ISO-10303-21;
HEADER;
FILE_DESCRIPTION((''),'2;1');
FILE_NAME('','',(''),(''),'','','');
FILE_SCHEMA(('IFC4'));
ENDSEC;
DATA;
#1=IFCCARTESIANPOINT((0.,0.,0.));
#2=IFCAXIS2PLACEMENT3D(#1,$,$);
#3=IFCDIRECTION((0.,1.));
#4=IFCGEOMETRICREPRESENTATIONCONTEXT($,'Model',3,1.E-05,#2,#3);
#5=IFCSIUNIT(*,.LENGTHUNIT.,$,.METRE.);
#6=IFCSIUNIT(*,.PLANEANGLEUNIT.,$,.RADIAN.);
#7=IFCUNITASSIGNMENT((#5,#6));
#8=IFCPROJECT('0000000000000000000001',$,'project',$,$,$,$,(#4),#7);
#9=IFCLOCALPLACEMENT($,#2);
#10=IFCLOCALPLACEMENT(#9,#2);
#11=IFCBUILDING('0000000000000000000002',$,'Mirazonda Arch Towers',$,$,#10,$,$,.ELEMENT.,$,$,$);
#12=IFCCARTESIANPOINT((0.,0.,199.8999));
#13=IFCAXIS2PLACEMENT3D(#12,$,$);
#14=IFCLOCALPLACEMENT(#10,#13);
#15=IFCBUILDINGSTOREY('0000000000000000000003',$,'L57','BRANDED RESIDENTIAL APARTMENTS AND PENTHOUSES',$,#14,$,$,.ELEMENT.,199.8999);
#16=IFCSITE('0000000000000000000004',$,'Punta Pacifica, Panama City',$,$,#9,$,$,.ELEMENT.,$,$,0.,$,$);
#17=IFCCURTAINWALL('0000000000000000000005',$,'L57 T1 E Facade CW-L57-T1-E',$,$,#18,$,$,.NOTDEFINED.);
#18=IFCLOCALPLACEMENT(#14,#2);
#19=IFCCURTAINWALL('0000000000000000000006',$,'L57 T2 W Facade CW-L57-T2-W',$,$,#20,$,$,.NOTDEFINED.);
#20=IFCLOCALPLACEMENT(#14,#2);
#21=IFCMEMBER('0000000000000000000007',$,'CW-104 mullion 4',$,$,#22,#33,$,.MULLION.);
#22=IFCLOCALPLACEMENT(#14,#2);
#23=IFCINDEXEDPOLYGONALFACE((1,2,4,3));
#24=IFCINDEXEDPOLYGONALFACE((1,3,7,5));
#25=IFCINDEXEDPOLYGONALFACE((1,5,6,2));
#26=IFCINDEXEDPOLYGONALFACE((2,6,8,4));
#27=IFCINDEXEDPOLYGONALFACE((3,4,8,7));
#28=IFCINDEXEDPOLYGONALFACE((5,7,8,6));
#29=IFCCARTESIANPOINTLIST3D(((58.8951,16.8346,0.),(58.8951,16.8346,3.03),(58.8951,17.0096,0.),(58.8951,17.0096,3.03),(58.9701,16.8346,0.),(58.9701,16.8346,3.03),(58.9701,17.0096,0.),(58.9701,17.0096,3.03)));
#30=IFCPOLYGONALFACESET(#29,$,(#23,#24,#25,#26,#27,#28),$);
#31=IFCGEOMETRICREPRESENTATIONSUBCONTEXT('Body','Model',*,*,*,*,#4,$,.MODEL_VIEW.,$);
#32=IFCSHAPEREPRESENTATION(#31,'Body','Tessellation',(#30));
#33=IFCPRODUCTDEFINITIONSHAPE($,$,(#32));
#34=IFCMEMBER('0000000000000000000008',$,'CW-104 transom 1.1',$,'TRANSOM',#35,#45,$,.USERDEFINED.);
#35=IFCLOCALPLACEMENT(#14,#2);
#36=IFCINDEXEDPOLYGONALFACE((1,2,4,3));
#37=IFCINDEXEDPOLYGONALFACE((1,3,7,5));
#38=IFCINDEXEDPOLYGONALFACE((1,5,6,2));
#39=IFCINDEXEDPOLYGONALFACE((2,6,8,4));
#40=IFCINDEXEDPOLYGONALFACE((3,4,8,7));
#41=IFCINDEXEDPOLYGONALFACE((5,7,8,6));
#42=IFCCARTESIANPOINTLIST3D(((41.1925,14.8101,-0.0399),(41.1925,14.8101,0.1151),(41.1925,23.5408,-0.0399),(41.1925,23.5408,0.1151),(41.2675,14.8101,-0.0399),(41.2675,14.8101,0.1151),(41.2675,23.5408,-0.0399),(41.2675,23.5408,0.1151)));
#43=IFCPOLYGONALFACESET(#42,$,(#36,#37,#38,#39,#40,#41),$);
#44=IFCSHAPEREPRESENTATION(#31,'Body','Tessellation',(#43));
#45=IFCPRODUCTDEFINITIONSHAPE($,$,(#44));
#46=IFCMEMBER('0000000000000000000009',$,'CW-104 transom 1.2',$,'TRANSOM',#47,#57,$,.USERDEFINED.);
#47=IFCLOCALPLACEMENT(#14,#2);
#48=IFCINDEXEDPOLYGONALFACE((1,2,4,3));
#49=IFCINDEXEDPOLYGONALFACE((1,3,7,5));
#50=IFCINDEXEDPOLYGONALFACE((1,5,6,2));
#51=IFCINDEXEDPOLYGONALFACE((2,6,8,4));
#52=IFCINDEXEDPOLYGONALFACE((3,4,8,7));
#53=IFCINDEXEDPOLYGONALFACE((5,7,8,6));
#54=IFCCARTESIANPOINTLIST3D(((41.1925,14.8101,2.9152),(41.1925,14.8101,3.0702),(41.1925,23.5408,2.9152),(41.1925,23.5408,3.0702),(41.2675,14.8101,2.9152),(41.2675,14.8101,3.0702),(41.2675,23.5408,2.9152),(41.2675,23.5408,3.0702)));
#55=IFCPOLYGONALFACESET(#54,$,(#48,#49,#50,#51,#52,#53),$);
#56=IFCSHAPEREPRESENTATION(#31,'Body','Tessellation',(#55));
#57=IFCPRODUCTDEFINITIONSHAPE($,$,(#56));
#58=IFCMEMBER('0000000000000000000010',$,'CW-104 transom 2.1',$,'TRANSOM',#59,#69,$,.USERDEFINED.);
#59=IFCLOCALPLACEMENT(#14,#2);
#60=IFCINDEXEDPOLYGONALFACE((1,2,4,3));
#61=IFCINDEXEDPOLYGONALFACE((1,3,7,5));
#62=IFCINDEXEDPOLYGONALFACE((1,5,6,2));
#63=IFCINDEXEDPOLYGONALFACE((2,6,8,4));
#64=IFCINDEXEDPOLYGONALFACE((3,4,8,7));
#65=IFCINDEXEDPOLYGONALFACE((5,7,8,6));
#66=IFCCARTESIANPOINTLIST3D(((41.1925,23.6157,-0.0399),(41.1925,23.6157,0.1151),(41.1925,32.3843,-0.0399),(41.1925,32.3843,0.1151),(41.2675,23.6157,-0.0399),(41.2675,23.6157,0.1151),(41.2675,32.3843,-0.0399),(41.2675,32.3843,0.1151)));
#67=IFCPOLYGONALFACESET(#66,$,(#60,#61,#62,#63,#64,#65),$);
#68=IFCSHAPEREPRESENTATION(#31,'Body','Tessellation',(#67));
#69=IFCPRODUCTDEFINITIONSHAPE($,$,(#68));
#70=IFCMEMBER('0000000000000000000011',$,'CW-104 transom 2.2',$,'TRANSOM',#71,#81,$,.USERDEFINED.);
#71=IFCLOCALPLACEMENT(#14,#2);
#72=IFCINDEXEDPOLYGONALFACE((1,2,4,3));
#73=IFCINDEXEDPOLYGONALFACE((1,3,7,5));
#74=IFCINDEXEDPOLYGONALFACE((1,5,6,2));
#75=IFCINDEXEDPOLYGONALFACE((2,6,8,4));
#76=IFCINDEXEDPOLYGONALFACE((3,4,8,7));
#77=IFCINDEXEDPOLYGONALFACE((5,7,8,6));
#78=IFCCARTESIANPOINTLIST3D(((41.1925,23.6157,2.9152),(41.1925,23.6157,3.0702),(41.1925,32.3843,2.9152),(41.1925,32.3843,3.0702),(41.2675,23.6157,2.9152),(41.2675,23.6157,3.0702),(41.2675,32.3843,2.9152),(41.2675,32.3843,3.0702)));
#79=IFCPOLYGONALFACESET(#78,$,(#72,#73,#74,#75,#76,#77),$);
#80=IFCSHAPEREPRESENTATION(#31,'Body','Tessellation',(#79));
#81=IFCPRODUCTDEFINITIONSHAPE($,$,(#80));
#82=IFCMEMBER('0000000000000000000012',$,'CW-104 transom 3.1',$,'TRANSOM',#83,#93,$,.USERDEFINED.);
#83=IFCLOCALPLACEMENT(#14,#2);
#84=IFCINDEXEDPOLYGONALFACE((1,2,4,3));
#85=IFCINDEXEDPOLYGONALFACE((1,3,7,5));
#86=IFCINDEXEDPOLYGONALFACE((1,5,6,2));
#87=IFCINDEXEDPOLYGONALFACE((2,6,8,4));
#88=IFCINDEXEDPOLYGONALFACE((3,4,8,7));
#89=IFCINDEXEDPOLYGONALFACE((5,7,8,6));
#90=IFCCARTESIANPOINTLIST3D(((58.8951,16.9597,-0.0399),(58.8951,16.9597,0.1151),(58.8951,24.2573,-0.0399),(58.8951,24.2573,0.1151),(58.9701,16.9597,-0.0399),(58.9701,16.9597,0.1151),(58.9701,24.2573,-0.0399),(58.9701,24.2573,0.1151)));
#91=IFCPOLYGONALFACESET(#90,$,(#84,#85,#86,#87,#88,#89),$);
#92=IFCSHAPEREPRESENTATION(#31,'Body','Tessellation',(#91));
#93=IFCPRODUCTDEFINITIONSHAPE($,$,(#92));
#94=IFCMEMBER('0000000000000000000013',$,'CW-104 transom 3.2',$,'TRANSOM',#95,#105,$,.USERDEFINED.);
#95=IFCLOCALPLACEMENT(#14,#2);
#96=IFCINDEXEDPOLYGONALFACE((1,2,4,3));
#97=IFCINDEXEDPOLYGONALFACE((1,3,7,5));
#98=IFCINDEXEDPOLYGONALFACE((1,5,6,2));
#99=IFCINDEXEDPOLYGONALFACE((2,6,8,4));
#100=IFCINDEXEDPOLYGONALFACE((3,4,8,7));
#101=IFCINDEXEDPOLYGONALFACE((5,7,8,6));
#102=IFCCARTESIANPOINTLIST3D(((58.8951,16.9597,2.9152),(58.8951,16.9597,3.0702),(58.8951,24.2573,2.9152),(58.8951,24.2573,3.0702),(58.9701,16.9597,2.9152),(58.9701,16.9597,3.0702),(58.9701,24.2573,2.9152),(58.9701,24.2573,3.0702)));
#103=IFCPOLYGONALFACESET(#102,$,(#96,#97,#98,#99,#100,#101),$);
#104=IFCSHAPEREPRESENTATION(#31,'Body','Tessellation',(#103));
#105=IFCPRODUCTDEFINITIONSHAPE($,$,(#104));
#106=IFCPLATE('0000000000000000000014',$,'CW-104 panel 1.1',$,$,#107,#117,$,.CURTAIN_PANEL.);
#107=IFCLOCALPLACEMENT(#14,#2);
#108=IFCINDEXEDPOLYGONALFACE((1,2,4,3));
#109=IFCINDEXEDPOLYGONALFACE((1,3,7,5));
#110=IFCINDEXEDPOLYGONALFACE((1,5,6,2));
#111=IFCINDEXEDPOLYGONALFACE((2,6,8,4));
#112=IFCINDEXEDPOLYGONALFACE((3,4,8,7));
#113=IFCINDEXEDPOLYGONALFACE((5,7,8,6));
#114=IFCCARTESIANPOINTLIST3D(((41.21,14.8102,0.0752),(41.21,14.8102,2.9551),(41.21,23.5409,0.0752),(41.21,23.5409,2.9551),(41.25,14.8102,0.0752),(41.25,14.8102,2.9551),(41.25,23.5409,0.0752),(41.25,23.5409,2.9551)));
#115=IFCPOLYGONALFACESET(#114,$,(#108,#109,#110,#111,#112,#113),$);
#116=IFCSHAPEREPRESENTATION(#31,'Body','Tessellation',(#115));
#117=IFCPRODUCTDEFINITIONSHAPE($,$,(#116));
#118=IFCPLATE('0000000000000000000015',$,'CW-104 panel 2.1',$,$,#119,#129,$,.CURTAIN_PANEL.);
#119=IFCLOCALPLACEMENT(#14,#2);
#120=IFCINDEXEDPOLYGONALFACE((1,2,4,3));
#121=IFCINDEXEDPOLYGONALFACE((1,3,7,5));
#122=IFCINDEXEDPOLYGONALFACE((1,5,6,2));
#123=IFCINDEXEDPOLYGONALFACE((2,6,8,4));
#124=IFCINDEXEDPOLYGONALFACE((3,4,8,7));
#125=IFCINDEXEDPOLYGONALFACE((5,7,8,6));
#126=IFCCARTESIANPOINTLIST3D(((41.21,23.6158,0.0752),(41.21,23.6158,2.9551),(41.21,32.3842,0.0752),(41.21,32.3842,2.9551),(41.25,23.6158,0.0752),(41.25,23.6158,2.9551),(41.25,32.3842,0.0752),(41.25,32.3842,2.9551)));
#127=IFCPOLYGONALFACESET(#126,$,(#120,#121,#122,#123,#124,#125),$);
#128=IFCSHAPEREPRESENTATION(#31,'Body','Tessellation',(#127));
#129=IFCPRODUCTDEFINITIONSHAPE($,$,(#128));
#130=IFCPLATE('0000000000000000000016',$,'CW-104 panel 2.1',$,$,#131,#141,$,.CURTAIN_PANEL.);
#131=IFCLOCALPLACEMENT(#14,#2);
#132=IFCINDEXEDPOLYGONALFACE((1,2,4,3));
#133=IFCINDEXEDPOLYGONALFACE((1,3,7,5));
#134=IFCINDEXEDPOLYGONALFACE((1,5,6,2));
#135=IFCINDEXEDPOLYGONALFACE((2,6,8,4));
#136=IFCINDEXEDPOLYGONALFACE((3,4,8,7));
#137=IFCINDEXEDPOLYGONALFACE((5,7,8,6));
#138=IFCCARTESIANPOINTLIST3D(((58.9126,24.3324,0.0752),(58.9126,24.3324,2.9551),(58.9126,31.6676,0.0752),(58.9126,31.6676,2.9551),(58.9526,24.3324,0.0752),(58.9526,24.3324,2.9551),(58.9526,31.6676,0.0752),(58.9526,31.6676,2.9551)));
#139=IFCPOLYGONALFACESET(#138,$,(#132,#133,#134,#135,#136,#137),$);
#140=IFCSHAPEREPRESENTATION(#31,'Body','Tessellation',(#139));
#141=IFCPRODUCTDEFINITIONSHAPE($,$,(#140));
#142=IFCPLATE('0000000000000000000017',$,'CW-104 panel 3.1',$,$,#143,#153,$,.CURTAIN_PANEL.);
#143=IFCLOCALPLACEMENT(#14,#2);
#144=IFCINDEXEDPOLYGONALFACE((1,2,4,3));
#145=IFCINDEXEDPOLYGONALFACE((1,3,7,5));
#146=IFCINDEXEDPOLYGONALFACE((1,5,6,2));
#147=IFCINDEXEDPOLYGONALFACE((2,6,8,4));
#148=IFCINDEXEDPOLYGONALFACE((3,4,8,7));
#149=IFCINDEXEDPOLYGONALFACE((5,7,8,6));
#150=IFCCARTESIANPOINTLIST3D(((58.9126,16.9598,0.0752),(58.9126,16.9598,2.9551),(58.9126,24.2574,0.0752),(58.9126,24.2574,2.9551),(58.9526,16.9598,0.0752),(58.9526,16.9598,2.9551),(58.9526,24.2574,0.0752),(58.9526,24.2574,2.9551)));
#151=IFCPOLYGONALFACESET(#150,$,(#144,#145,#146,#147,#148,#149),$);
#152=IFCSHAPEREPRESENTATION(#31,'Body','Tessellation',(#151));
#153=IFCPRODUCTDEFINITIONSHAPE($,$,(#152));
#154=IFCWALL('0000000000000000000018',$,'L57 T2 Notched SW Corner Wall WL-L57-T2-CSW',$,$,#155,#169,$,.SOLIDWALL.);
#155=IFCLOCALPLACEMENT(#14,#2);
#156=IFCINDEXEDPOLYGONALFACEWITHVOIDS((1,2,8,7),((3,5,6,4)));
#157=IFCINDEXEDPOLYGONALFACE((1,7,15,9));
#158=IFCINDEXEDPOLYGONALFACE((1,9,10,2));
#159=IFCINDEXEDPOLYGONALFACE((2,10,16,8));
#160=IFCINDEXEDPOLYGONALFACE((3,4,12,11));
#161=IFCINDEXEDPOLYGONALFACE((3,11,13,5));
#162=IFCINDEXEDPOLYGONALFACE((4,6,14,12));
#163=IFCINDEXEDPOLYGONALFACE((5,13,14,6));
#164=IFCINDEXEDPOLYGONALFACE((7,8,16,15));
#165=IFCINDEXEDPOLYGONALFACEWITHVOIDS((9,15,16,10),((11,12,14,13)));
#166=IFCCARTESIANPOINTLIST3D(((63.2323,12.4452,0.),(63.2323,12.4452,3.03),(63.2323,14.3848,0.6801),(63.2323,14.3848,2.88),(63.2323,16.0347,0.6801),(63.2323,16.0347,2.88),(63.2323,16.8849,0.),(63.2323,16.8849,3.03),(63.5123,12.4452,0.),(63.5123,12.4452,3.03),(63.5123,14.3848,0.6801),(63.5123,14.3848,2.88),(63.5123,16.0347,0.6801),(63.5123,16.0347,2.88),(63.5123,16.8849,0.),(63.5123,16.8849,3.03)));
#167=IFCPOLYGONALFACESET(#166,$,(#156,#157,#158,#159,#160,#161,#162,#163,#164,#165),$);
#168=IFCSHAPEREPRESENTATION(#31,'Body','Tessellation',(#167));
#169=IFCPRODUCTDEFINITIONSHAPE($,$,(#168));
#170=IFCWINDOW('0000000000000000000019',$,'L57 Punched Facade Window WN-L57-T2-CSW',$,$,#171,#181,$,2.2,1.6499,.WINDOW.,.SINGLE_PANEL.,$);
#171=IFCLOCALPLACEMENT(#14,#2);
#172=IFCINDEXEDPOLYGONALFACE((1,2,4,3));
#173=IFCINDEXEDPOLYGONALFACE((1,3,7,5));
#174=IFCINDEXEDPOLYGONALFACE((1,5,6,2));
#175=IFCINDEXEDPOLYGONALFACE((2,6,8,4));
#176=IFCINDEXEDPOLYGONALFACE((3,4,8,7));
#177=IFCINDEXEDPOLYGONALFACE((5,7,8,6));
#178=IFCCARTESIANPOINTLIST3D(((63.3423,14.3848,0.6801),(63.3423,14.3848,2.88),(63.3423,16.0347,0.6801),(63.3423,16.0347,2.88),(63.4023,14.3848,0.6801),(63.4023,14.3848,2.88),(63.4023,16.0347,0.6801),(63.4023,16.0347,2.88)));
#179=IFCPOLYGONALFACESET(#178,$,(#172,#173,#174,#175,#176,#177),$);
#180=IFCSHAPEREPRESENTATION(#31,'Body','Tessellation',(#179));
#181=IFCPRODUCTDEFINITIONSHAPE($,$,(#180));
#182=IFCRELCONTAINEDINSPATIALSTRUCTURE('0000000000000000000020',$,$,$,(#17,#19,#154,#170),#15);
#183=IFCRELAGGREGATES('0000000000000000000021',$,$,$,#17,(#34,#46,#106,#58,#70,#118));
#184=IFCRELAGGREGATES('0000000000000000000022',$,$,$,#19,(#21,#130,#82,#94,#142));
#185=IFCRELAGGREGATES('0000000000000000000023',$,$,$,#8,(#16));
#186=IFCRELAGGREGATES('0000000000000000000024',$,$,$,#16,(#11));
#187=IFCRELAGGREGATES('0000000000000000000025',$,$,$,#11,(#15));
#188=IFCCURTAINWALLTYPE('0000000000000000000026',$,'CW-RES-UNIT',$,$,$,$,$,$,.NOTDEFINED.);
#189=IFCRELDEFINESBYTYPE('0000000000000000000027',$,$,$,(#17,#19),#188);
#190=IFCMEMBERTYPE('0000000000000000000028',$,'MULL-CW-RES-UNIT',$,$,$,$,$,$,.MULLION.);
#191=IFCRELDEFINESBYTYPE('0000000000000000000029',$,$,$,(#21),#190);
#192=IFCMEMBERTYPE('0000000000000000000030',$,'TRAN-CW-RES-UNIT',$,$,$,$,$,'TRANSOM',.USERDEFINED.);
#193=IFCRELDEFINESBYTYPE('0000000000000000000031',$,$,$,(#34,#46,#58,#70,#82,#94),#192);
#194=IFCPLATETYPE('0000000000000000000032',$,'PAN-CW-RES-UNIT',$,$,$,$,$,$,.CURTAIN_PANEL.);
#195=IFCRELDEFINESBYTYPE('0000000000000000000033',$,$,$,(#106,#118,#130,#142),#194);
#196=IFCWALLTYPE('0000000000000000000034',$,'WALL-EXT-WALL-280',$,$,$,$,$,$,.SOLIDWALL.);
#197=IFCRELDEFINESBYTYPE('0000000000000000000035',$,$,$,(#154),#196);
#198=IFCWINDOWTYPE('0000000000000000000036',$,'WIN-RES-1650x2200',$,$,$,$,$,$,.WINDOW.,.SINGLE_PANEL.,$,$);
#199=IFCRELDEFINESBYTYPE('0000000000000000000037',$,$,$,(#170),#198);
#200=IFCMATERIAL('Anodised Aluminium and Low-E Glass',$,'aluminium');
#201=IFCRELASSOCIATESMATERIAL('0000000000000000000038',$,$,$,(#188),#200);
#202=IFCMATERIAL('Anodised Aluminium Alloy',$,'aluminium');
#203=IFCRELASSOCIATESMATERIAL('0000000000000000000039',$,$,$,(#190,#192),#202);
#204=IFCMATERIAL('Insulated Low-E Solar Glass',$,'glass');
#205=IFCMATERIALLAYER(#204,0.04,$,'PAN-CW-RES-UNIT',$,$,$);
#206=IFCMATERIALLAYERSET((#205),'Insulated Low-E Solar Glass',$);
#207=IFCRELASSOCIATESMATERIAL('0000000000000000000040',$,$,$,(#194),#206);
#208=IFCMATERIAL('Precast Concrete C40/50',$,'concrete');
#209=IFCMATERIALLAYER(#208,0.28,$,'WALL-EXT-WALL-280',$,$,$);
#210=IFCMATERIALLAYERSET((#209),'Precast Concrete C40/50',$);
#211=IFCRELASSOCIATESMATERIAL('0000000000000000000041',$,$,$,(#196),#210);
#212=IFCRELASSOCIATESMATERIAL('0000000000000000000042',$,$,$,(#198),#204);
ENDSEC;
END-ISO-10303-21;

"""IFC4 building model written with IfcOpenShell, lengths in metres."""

from ifc_helpers import new_model, si_unit, direction, frame, frame_2d, origin, origin_2d, place, context, subcontext, project, spatial, rectangle, extrude, material, layer, layer_set, material_profile, profile_set, type_object, element, fill, aggregate, save


model = new_model("IFC4")

# Units and contexts
model_context = context("Model", 3, precision=1e-05, world=origin(), true_north=direction((0.0, 1.0)))
body_context = subcontext(model_context, "Body", "Model", "MODEL_VIEW")
ifc_project = project(units=[si_unit("LENGTHUNIT", "METRE"), si_unit("PLANEANGLEUNIT", "RADIAN")], contexts=[model_context])

# Site, building, storey
site_placement = place(None, origin())
site = spatial("IfcSite", under=ifc_project, at=site_placement, Name="Punta Pacifica, Panama City", CompositionType="ELEMENT", RefElevation=0.0)
building_placement = place(site_placement, origin())
building = spatial("IfcBuilding", under=site, at=building_placement, Name="Mirazonda Arch Towers", CompositionType="ELEMENT")
storey_placement = place(building_placement, frame((0.0, 0.0, 199.8999)))
storey = spatial("IfcBuildingStorey", under=building, at=storey_placement, Name="L57", Description="BRANDED RESIDENTIAL APARTMENTS AND PENTHOUSES", CompositionType="ELEMENT", Elevation=199.8999)

# Curtain wall
ifc_material_1 = material(Name="Anodised Aluminium and Low-E Glass", Category="aluminium")
curtain_wall_type = type_object("IfcCurtainWallType", Name="CW-RES-UNIT", PredefinedType="NOTDEFINED", material=ifc_material_1)
curtain_wall_1_placement = place(storey_placement, origin())
curtain_wall_1 = element("IfcCurtainWall", 1, at=curtain_wall_1_placement, inside=storey, type_object=curtain_wall_type, Name="L57 T1 E Facade CW-L57-T1-E", PredefinedType="NOTDEFINED")
ifc_material_2 = material(Name="Anodised Aluminium Alloy", Category="aluminium")
ifc_material_profile_1 = material_profile(ifc_material_2, rectangle(XDim=0.075, YDim=0.175, at=origin_2d()), Name="ALU-MULL-75x175")
ifc_profile_set_1 = profile_set([ifc_material_profile_1], Name="Anodised Aluminium Alloy")
member_type_1 = type_object("IfcMemberType", Name="MULL-CW-RES-UNIT", PredefinedType="MULLION", material=ifc_profile_set_1)

# Curtain wall, member
curtain_wall_2_placement = place(storey_placement, origin())
curtain_wall_2 = element("IfcCurtainWall", 2, at=curtain_wall_2_placement, inside=storey, type_object=curtain_wall_type, Name="L57 T2 W Facade CW-L57-T2-W", PredefinedType="NOTDEFINED")
member_1_placement = place(storey_placement, frame((58.9326, 16.9221, 0.0), z_axis=(0.0, 0.0, 1.0), x_axis=(1.0, 0.0, 0.0)))
member_1 = element("IfcMember", 3, at=member_1_placement, type_object=member_type_1, Name="CW-104 mullion 4", PredefinedType="MULLION", context=body_context, shape_type="SweptSolid", body=[
    extrude(rectangle(XDim=0.075, YDim=0.175, at=origin_2d()), origin(), (0.0, 0.0, 1.0), 3.03),
])

# Members
ifc_material_profile_2 = material_profile(ifc_material_2, rectangle(XDim=0.075, YDim=0.155, at=origin_2d()), Name="ALU-TRAN-75x155")
ifc_profile_set_2 = profile_set([ifc_material_profile_2], Name="Anodised Aluminium Alloy")
member_type_2 = type_object("IfcMemberType", Name="TRAN-CW-RES-UNIT", ElementType="TRANSOM", PredefinedType="USERDEFINED", material=ifc_profile_set_2)
member_2_placement = place(storey_placement, frame((41.23, 14.8101, 0.0376), z_axis=(0.0, 1.0, 0.0), x_axis=(-1.0, 0.0, 0.0)))
member_2 = element("IfcMember", 4, at=member_2_placement, type_object=member_type_2, Name="CW-104 transom 1.1", ObjectType="TRANSOM", PredefinedType="USERDEFINED", context=body_context, shape_type="SweptSolid", body=[
    extrude(rectangle(XDim=0.075, YDim=0.155, at=origin_2d()), origin(), (0.0, 0.0, 1.0), 8.7307),
])
member_3_placement = place(storey_placement, frame((41.23, 14.8101, 2.9927), z_axis=(0.0, 1.0, 0.0), x_axis=(-1.0, 0.0, 0.0)))
member_3 = element("IfcMember", 5, at=member_3_placement, type_object=member_type_2, Name="CW-104 transom 1.2", ObjectType="TRANSOM", PredefinedType="USERDEFINED", context=body_context, shape_type="SweptSolid", body=[
    extrude(rectangle(XDim=0.075, YDim=0.155, at=origin_2d()), origin(), (0.0, 0.0, 1.0), 8.7307),
])
member_4_placement = place(storey_placement, frame((41.23, 23.6157, 0.0376), z_axis=(0.0, 1.0, 0.0), x_axis=(-1.0, 0.0, 0.0)))
member_4 = element("IfcMember", 6, at=member_4_placement, type_object=member_type_2, Name="CW-104 transom 2.1", ObjectType="TRANSOM", PredefinedType="USERDEFINED", context=body_context, shape_type="SweptSolid", body=[
    extrude(rectangle(XDim=0.075, YDim=0.155, at=origin_2d()), origin(), (0.0, 0.0, 1.0), 8.7686),
])
member_5_placement = place(storey_placement, frame((41.23, 23.6157, 2.9927), z_axis=(0.0, 1.0, 0.0), x_axis=(-1.0, 0.0, 0.0)))
member_5 = element("IfcMember", 7, at=member_5_placement, type_object=member_type_2, Name="CW-104 transom 2.2", ObjectType="TRANSOM", PredefinedType="USERDEFINED", context=body_context, shape_type="SweptSolid", body=[
    extrude(rectangle(XDim=0.075, YDim=0.155, at=origin_2d()), origin(), (0.0, 0.0, 1.0), 8.7686),
])
member_6_placement = place(storey_placement, frame((58.9326, 24.2573, 0.0376), z_axis=(0.0, -1.0, 0.0), x_axis=(1.0, 0.0, 0.0)))
member_6 = element("IfcMember", 8, at=member_6_placement, type_object=member_type_2, Name="CW-104 transom 3.1", ObjectType="TRANSOM", PredefinedType="USERDEFINED", context=body_context, shape_type="SweptSolid", body=[
    extrude(rectangle(XDim=0.075, YDim=0.155, at=origin_2d()), origin(), (0.0, 0.0, 1.0), 7.2976),
])
member_7_placement = place(storey_placement, frame((58.9326, 24.2573, 2.9927), z_axis=(0.0, -1.0, 0.0), x_axis=(1.0, 0.0, 0.0)))
member_7 = element("IfcMember", 9, at=member_7_placement, type_object=member_type_2, Name="CW-104 transom 3.2", ObjectType="TRANSOM", PredefinedType="USERDEFINED", context=body_context, shape_type="SweptSolid", body=[
    extrude(rectangle(XDim=0.075, YDim=0.155, at=origin_2d()), origin(), (0.0, 0.0, 1.0), 7.2976),
])

# Plates
ifc_material_3 = material(Name="Insulated Low-E Solar Glass", Category="glass")
ifc_layer_1 = layer(ifc_material_3, 0.04, Name="PAN-CW-RES-UNIT")
ifc_layer_set_1 = layer_set([ifc_layer_1], Name="Insulated Low-E Solar Glass")
plate_type = type_object("IfcPlateType", Name="PAN-CW-RES-UNIT", PredefinedType="CURTAIN_PANEL", material=ifc_layer_set_1)
plate_1_placement = place(storey_placement, frame((41.23, 19.1755, 0.0752), z_axis=(0.0, 0.0, 1.0), x_axis=(0.0, 1.0, 0.0)))
plate_1 = element("IfcPlate", 10, at=plate_1_placement, type_object=plate_type, Name="CW-104 panel 1.1", PredefinedType="CURTAIN_PANEL", context=body_context, shape_type="SweptSolid", body=[
    extrude(rectangle(XDim=8.7307, YDim=0.04, at=origin_2d()), origin(), (0.0, 0.0, 1.0), 2.8799),
])
plate_2_placement = place(storey_placement, frame((41.23, 28.0, 0.0752), z_axis=(0.0, 0.0, 1.0), x_axis=(0.0, 1.0, 0.0)))
plate_2 = element("IfcPlate", 11, at=plate_2_placement, type_object=plate_type, Name="CW-104 panel 2.1", PredefinedType="CURTAIN_PANEL", context=body_context, shape_type="SweptSolid", body=[
    extrude(rectangle(XDim=8.7683, YDim=0.04, at=origin_2d()), origin(), (0.0, 0.0, 1.0), 2.8799),
])
aggregate(curtain_wall_1, [member_2, member_3, plate_1, member_4, member_5, plate_2])
plate_3_placement = place(storey_placement, frame((58.9326, 28.0, 0.0752), z_axis=(0.0, 0.0, 1.0), x_axis=(0.0, -1.0, 0.0)))
plate_3 = element("IfcPlate", 12, at=plate_3_placement, type_object=plate_type, Name="CW-104 panel 2.1", PredefinedType="CURTAIN_PANEL", context=body_context, shape_type="SweptSolid", body=[
    extrude(rectangle(XDim=7.3352, YDim=0.04, at=origin_2d()), origin(), (0.0, 0.0, 1.0), 2.8799),
])
plate_4_placement = place(storey_placement, frame((58.9326, 20.6086, 0.0752), z_axis=(0.0, 0.0, 1.0), x_axis=(0.0, -1.0, 0.0)))
plate_4 = element("IfcPlate", 13, at=plate_4_placement, type_object=plate_type, Name="CW-104 panel 3.1", PredefinedType="CURTAIN_PANEL", context=body_context, shape_type="SweptSolid", body=[
    extrude(rectangle(XDim=7.2976, YDim=0.04, at=origin_2d()), origin(), (0.0, 0.0, 1.0), 2.8799),
])
aggregate(curtain_wall_2, [member_1, plate_3, member_6, member_7, plate_4])

# Wall, opening, window
ifc_material_4 = material(Name="Precast Concrete C40/50", Category="concrete")
ifc_layer_2 = layer(ifc_material_4, 0.28, Name="WALL-EXT-WALL-280")
ifc_layer_set_2 = layer_set([ifc_layer_2], Name="Precast Concrete C40/50")
wall_type_1 = type_object("IfcWallType", Name="WALL-EXT-WALL-280", PredefinedType="SOLIDWALL", material=ifc_layer_set_2)
wall_1_placement = place(storey_placement, frame((63.3723, 16.8848, 0.0), z_axis=(0.0, 0.0, 1.0), x_axis=(0.0, -1.0, 0.0)))
wall_1 = element("IfcWall", 14, at=wall_1_placement, inside=storey, type_object=wall_type_1, Name="L57 T2 Notched SW Corner Wall WL-L57-T2-CSW", PredefinedType="SOLIDWALL", context=body_context, shape_type="SweptSolid", body=[
    extrude(rectangle(XDim=4.4397, YDim=0.28, at=frame_2d((2.2197, 0.0))), origin(), (0.0, 0.0, 1.0), 3.03),
])
opening_1_placement = place(wall_1_placement, frame((0.8501, 0.0, 0.6799)))
opening_1 = element("IfcOpeningElement", 15, at=opening_1_placement, cuts=wall_1, PredefinedType="OPENING", context=body_context, shape_type="SweptSolid", body=[
    extrude(rectangle(XDim=1.6499, YDim=2.2, at=frame_2d((0.825, 1.1001))), frame((0.0, 0.1499, 0.0), z_axis=(0.0, -1.0, 0.0), x_axis=(1.0, 0.0, 0.0)), (0.0, 0.0, 1.0), 0.3),
])
window_type_1 = type_object("IfcWindowType", Name="WIN-RES-1650x2200", PartitioningType="SINGLE_PANEL", PredefinedType="WINDOW", material=ifc_material_3)
window_1_placement = place(opening_1_placement, origin())
window_1 = element("IfcWindow", 16, at=window_1_placement, inside=storey, type_object=window_type_1, Name="L57 Punched Facade Window WN-L57-T2-CSW", OverallHeight=2.2, OverallWidth=1.6499, PartitioningType="SINGLE_PANEL", PredefinedType="WINDOW", context=body_context, shape_type="SweptSolid", body=[
    extrude(rectangle(XDim=1.6499, YDim=2.2, at=frame_2d((0.825, 1.1001))), frame((0.0, 0.03, 0.0), z_axis=(0.0, -1.0, 0.0), x_axis=(1.0, 0.0, 0.0)), (0.0, 0.0, 1.0), 0.0601),
])
fill(opening_1, window_1)

save(model, "model.ifc")
